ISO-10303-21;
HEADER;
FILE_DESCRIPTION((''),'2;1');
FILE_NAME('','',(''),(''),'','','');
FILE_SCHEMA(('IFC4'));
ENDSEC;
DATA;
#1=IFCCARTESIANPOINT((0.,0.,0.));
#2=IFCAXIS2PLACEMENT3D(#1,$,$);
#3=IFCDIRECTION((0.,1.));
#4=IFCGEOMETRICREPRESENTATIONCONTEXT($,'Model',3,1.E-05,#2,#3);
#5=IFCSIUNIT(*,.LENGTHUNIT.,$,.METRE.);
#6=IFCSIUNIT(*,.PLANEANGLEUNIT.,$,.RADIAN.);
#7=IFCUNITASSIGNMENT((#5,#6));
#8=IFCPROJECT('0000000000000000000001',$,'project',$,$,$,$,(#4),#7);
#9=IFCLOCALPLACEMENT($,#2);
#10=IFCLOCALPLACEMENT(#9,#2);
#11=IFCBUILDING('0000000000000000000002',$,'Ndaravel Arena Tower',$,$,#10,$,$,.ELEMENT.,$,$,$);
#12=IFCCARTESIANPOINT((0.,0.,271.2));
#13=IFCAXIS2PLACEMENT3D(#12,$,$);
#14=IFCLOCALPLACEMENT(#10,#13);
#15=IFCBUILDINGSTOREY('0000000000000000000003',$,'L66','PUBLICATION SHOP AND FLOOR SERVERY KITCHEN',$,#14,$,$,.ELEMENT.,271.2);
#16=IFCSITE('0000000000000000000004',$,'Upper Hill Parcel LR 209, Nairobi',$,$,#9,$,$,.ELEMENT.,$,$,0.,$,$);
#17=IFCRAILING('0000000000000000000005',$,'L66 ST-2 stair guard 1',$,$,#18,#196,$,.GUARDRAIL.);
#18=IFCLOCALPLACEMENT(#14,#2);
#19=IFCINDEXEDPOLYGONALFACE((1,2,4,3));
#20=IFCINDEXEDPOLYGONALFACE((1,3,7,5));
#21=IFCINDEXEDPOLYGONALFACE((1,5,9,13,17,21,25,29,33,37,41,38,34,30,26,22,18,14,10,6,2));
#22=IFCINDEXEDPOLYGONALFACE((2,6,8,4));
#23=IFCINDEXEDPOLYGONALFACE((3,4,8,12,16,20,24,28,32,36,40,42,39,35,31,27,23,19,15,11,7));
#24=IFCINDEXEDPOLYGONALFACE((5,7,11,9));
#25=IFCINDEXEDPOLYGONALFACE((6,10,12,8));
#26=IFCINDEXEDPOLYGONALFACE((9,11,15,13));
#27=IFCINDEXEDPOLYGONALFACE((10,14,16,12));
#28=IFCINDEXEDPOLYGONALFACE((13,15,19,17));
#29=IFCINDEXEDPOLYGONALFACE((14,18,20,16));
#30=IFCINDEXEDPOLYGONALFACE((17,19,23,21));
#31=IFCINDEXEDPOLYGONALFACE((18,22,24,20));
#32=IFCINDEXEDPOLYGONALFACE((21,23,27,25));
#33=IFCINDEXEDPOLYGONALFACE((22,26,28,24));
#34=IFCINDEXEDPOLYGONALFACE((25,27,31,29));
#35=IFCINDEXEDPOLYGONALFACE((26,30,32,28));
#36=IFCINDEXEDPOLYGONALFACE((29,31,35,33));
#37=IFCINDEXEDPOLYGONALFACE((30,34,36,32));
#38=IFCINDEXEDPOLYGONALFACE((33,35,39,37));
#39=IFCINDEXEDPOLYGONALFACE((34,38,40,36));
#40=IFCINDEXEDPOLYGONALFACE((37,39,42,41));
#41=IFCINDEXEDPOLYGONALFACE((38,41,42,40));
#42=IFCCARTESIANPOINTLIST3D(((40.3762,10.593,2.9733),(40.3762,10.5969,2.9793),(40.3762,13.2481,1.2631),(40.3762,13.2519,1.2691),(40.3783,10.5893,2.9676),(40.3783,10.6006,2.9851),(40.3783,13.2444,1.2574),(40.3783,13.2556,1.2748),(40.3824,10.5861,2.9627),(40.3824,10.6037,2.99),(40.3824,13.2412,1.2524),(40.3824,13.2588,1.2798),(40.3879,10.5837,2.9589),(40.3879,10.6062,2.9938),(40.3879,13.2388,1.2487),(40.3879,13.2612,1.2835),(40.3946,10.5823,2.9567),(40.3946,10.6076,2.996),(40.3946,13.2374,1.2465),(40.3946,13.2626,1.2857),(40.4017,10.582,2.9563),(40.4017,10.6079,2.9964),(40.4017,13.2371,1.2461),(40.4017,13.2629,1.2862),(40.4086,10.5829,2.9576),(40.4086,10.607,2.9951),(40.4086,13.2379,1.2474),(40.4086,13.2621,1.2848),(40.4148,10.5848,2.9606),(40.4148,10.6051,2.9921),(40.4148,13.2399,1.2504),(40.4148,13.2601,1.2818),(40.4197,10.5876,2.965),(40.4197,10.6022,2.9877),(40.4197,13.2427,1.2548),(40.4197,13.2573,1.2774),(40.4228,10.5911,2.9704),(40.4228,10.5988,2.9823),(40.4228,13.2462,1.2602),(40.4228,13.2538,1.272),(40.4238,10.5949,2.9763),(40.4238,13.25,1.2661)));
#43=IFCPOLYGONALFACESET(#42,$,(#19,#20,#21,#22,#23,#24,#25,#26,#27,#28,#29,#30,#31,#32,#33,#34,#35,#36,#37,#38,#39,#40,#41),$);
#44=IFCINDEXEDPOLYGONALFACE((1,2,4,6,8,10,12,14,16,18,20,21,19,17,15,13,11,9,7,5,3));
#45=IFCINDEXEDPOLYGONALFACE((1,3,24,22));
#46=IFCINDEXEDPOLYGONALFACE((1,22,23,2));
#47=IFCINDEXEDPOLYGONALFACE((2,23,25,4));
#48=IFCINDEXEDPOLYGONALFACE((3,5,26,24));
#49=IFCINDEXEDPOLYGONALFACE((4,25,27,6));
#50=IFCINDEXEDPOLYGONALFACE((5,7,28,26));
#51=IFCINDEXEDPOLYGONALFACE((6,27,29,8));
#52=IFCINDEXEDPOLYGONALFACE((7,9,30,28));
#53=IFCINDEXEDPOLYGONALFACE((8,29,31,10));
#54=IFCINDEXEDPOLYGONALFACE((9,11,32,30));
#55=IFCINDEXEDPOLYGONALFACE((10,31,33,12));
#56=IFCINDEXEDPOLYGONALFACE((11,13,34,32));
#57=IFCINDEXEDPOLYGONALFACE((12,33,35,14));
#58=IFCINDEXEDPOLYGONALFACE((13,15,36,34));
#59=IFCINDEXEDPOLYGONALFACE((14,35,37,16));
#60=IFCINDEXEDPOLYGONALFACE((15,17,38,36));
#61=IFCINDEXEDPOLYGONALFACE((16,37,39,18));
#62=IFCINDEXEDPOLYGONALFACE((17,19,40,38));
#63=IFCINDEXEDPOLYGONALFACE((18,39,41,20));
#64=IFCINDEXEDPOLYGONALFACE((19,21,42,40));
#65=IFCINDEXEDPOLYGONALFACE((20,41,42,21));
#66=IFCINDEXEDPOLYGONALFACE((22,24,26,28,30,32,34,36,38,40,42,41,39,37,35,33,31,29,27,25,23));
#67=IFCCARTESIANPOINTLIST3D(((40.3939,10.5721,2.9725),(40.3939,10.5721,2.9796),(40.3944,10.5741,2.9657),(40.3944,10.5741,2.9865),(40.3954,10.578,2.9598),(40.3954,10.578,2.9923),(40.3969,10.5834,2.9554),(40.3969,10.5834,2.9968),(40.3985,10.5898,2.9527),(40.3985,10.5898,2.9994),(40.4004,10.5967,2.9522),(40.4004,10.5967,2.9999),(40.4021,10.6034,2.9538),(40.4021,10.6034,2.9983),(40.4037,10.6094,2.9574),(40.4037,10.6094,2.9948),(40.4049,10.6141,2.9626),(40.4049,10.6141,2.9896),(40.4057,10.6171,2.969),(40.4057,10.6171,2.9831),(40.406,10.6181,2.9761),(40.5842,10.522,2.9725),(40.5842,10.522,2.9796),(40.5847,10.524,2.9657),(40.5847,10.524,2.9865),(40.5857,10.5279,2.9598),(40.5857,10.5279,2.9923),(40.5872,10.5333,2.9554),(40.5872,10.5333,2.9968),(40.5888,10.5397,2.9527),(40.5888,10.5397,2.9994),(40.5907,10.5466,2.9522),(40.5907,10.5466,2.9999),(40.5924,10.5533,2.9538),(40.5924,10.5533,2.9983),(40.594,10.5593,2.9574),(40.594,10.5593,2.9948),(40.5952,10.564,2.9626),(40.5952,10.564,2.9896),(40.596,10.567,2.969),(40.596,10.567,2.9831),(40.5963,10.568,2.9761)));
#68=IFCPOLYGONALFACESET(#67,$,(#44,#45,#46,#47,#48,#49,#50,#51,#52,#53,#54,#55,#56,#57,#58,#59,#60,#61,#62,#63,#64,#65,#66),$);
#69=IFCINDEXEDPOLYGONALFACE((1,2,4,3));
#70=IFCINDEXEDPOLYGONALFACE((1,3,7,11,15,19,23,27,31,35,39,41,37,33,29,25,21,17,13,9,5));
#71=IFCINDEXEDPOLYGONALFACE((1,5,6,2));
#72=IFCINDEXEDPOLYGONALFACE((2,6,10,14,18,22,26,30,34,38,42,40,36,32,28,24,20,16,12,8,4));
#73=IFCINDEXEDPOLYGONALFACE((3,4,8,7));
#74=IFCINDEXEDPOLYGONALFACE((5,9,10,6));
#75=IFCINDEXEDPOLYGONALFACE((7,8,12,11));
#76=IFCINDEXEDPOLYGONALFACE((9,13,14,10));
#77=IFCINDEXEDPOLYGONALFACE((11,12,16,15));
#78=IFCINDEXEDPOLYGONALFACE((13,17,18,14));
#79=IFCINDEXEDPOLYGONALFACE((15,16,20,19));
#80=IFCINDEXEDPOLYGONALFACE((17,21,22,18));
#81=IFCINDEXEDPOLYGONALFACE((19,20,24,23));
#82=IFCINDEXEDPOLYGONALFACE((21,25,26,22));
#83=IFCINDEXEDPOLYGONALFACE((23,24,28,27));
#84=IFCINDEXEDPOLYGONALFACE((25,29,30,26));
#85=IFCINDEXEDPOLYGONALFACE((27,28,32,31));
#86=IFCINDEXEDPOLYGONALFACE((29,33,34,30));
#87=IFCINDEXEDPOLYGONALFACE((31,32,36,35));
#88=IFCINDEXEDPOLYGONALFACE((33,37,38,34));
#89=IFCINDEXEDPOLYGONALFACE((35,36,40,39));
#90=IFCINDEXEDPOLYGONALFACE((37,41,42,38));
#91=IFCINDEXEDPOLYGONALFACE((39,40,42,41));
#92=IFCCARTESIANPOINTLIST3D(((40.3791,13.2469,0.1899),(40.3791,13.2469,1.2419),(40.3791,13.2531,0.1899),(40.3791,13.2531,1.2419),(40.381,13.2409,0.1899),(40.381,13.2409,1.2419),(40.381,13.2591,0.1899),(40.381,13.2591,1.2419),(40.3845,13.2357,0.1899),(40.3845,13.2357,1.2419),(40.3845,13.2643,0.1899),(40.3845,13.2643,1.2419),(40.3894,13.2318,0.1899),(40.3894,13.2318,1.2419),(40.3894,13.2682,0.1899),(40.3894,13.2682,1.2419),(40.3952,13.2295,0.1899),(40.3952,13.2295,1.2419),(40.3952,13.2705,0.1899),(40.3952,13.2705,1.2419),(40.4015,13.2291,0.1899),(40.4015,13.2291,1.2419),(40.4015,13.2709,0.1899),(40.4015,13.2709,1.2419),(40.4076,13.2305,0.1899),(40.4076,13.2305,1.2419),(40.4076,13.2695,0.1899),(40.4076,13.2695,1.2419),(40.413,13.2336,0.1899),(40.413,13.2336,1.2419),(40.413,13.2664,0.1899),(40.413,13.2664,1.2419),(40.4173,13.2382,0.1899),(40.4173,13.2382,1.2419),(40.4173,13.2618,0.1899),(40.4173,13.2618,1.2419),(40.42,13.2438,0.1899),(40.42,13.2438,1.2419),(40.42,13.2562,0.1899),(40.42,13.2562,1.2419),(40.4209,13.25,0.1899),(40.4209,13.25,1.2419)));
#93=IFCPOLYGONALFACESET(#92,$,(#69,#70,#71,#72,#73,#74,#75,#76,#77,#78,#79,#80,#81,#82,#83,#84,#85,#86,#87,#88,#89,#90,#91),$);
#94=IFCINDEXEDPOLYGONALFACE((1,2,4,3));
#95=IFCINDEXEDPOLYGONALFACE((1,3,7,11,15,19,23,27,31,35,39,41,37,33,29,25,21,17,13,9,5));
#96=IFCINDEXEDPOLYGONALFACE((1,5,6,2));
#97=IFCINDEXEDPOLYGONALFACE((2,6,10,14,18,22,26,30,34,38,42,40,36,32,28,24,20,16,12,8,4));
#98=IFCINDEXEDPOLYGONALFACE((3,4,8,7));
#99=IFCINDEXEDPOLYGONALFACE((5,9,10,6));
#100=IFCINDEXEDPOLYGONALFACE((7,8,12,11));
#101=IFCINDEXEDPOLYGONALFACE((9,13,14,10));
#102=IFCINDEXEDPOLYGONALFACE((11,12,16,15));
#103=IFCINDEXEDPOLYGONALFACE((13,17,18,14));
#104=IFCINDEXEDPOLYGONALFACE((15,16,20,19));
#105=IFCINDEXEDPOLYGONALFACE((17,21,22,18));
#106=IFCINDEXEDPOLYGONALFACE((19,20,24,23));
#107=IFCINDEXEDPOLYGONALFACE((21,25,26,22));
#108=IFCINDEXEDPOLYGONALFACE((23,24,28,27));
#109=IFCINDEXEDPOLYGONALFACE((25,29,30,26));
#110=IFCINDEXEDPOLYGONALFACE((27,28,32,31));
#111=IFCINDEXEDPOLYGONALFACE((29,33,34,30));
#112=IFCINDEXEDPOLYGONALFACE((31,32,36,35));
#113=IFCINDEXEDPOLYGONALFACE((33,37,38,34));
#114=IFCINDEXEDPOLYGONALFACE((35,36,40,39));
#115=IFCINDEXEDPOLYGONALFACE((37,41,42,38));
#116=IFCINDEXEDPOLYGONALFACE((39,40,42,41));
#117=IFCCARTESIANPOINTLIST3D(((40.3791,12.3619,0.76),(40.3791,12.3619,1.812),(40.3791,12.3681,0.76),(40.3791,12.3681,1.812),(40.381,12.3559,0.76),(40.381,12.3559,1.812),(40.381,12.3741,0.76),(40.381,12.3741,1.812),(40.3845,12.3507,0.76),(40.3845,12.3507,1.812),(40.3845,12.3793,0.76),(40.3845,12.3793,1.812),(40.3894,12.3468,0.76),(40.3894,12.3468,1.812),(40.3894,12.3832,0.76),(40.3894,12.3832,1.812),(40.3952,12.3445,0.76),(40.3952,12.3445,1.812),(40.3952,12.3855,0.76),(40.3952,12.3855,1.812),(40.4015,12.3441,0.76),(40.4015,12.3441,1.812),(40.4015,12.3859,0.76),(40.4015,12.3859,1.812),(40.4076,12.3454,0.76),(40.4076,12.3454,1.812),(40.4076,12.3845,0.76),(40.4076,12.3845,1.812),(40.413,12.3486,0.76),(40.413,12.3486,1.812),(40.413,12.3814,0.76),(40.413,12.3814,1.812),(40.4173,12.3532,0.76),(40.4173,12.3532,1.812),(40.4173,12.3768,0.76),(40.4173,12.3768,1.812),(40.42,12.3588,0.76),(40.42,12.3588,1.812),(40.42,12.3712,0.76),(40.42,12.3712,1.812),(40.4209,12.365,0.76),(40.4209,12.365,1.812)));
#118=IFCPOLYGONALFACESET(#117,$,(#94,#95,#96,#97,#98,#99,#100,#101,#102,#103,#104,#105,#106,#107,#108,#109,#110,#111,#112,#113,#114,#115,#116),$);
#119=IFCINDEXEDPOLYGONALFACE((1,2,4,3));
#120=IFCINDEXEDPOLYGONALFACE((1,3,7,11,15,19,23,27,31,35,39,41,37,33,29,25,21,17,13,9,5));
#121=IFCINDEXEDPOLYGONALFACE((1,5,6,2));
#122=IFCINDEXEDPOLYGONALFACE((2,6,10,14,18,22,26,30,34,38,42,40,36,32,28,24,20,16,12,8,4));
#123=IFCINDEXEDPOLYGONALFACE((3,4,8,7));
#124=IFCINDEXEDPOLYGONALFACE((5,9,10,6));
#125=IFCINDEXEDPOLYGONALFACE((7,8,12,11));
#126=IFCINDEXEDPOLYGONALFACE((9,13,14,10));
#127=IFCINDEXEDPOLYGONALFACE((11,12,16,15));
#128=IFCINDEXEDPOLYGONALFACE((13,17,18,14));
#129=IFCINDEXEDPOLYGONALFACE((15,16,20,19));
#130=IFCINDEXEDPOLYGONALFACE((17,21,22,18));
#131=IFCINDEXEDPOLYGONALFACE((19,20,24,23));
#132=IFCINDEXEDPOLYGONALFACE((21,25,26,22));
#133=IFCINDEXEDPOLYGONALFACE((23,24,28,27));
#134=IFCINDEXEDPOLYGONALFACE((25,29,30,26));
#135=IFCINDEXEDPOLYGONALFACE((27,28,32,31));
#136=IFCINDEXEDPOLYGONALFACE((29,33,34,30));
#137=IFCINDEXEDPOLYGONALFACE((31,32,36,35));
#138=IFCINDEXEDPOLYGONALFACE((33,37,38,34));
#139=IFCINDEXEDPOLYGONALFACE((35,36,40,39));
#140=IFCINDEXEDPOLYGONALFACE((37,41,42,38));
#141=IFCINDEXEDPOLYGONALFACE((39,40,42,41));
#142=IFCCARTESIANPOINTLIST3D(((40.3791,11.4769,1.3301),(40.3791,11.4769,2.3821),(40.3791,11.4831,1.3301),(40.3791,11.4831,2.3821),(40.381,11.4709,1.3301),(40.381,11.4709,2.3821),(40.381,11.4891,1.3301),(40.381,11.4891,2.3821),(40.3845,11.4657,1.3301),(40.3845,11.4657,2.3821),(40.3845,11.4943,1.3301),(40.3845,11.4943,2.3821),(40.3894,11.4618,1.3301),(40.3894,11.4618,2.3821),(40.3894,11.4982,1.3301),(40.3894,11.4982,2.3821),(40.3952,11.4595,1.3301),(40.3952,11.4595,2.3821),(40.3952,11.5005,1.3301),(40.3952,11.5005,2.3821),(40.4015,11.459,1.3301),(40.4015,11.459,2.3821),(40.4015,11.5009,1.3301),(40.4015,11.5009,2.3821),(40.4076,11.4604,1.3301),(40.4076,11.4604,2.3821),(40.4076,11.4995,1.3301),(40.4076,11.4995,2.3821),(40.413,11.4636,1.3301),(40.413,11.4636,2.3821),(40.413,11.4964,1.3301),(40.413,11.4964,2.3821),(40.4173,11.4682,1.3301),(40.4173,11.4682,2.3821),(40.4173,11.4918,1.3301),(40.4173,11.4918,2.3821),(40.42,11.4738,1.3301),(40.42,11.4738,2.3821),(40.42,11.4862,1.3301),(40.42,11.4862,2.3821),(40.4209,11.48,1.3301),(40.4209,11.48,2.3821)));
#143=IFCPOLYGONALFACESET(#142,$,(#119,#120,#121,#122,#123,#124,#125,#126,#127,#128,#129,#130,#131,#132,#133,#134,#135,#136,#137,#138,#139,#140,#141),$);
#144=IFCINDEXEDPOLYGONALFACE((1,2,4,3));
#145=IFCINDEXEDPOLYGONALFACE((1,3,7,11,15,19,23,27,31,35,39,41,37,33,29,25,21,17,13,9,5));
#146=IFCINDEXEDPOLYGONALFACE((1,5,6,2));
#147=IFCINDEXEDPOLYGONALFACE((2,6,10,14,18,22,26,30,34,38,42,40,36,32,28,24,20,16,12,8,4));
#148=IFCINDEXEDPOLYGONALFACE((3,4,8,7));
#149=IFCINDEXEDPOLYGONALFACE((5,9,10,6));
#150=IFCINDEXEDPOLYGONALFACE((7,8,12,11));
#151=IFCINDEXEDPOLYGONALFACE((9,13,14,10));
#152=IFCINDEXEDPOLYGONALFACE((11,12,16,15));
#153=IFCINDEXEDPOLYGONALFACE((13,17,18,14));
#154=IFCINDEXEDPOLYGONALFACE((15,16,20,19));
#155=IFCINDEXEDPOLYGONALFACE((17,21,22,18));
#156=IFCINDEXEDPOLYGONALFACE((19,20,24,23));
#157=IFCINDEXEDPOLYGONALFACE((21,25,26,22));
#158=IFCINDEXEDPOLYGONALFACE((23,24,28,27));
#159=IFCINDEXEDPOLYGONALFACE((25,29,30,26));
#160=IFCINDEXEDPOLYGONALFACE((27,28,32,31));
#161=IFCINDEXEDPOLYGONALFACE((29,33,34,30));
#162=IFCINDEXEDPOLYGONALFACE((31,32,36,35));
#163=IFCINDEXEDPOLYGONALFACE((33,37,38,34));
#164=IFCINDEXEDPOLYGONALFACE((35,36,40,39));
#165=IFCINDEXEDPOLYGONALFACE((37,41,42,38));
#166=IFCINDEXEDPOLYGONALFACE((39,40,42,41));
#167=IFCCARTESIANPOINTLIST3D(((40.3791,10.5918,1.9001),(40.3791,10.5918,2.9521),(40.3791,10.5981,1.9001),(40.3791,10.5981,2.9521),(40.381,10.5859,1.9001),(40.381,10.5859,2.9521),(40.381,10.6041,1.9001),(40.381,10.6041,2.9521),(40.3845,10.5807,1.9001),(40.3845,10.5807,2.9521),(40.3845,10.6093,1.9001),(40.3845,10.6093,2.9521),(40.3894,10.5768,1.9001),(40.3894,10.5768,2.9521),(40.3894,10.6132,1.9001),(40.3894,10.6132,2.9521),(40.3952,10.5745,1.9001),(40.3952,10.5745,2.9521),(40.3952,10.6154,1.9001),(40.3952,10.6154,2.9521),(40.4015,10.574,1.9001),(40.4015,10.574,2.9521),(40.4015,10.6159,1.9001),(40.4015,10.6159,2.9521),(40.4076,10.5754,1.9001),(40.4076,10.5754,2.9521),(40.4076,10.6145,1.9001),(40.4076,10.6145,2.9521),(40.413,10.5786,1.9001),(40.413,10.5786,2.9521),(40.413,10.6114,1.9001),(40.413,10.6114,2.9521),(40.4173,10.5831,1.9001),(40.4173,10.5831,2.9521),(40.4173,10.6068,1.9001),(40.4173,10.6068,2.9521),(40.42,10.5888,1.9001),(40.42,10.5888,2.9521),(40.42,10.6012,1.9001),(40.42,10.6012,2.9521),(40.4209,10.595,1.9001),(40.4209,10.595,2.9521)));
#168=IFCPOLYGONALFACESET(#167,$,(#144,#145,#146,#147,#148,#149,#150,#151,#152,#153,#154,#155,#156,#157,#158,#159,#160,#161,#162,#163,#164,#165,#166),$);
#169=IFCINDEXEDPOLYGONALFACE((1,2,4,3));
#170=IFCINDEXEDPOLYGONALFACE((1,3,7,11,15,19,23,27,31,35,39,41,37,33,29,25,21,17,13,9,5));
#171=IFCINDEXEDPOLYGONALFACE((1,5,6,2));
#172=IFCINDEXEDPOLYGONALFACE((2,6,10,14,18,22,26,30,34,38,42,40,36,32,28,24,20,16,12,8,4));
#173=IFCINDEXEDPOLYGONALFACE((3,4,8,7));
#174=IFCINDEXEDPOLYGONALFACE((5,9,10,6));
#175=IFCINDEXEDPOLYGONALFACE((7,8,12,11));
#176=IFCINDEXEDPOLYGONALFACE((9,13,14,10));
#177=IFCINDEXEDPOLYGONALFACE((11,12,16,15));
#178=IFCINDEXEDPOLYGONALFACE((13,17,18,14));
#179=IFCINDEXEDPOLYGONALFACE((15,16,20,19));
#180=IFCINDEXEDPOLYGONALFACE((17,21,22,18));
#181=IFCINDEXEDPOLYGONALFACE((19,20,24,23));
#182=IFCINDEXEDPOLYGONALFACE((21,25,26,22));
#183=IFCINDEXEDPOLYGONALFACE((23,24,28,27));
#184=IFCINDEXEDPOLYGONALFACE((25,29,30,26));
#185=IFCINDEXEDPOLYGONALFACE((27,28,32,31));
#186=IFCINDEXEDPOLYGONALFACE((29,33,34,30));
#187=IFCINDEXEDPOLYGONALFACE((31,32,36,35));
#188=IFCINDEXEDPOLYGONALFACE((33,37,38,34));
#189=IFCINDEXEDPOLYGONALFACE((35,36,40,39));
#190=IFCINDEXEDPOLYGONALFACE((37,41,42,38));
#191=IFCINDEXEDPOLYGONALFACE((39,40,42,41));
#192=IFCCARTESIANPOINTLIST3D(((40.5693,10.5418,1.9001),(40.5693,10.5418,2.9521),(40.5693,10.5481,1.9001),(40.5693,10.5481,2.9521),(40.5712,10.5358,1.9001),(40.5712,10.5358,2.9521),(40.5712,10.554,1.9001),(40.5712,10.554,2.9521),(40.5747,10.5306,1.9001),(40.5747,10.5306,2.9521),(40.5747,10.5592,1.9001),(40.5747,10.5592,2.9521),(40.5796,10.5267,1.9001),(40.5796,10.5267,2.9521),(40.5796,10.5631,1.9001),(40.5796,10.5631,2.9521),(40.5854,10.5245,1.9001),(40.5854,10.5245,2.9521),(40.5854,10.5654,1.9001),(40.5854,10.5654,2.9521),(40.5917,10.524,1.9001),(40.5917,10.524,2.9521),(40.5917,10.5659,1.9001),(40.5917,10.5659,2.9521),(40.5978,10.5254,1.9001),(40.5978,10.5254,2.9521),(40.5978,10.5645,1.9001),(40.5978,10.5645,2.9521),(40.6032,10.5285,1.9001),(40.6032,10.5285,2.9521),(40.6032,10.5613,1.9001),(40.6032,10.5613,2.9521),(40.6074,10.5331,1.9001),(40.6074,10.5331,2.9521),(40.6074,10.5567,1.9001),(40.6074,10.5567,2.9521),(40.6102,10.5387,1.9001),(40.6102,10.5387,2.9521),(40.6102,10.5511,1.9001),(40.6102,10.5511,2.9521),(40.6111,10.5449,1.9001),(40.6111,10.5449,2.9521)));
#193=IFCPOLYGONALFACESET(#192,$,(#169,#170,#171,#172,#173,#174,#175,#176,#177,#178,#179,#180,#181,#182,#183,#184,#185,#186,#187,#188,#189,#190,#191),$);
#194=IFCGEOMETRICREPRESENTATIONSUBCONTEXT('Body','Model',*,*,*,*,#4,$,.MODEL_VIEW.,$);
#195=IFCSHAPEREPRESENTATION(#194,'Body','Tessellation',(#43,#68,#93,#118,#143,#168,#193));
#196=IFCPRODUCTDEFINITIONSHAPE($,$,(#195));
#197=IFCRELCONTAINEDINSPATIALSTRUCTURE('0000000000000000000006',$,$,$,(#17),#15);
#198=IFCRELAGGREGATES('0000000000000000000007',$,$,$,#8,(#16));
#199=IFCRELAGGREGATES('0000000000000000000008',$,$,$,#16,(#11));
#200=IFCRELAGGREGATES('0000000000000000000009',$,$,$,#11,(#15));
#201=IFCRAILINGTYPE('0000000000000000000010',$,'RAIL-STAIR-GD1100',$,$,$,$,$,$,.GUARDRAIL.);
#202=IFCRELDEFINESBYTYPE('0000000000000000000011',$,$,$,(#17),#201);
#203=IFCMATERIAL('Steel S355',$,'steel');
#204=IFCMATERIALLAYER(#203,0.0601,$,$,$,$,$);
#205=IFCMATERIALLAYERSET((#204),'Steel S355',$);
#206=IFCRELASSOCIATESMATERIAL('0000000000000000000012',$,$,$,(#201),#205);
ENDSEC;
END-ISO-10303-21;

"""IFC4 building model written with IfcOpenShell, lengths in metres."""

from ifc_helpers import new_model, si_unit, direction, frame, origin, origin_2d, place, context, subcontext, project, spatial, circle, extrude, material, layer, layer_set, type_object, element, save


model = new_model("IFC4")

# Units and contexts
model_context = context("Model", 3, precision=1e-05, world=origin(), true_north=direction((0.0, 1.0)))
body_context = subcontext(model_context, "Body", "Model", "MODEL_VIEW")
ifc_project = project(units=[si_unit("LENGTHUNIT", "METRE"), si_unit("PLANEANGLEUNIT", "RADIAN")], contexts=[model_context])

# Site, building, storey
site_placement = place(None, origin())
site = spatial("IfcSite", under=ifc_project, at=site_placement, Name="Upper Hill Parcel LR 209, Nairobi", CompositionType="ELEMENT", RefElevation=0.0)
building_placement = place(site_placement, origin())
building = spatial("IfcBuilding", under=site, at=building_placement, Name="Ndaravel Arena Tower", CompositionType="ELEMENT")
storey_placement = place(building_placement, frame((0.0, 0.0, 271.2)))
storey = spatial("IfcBuildingStorey", under=building, at=storey_placement, Name="L66", Description="PUBLICATION SHOP AND FLOOR SERVERY KITCHEN", CompositionType="ELEMENT", Elevation=271.2)

# Railing
ifc_material_1 = material(Name="Steel S355", Category="steel")
ifc_layer_1 = layer(ifc_material_1, 0.0601)
ifc_layer_set_1 = layer_set([ifc_layer_1], Name="Steel S355")
railing_type_1 = type_object("IfcRailingType", Name="RAIL-STAIR-GD1100", PredefinedType="GUARDRAIL", material=ifc_layer_set_1)
railing_1_placement = place(storey_placement, frame((40.3999, 13.25, 0.1899)))
element("IfcRailing", 1, at=railing_1_placement, inside=storey, type_object=railing_type_1, Name="L66 ST-2 stair guard 1", PredefinedType="GUARDRAIL", context=body_context, shape_type="SweptSolid", body=[
    extrude(circle(Radius=0.0239, at=origin_2d()), frame((0.0, 0.0, 1.0762), z_axis=(0.0, -0.840688, 0.541519), x_axis=(1.0, 0.0, 0.0)), (0.0, 0.0, 1.0), 3.1582),
    extrude(circle(Radius=0.0239, at=origin_2d()), frame((0.0, -2.655, 2.7861), z_axis=(0.967075, -0.254493, 0.0), x_axis=(0.254493, 0.967075, 0.0)), (0.0, 0.0, 1.0), 0.1968),
    extrude(circle(Radius=0.021, at=origin_2d()), origin(), (0.0, 0.0, 1.0), 1.052),
    extrude(circle(Radius=0.021, at=origin_2d()), frame((0.0, -0.885, 0.5701)), (0.0, 0.0, 1.0), 1.052),
    extrude(circle(Radius=0.021, at=origin_2d()), frame((0.0, -1.77, 1.1401)), (0.0, 0.0, 1.0), 1.052),
    extrude(circle(Radius=0.021, at=origin_2d()), frame((0.0, -2.655, 1.7102)), (0.0, 0.0, 1.0), 1.052),
    extrude(circle(Radius=0.021, at=origin_2d()), frame((0.1902, -2.7051, 1.7102)), (0.0, 0.0, 1.0), 1.052),
])

save(model, "model.ifc")
